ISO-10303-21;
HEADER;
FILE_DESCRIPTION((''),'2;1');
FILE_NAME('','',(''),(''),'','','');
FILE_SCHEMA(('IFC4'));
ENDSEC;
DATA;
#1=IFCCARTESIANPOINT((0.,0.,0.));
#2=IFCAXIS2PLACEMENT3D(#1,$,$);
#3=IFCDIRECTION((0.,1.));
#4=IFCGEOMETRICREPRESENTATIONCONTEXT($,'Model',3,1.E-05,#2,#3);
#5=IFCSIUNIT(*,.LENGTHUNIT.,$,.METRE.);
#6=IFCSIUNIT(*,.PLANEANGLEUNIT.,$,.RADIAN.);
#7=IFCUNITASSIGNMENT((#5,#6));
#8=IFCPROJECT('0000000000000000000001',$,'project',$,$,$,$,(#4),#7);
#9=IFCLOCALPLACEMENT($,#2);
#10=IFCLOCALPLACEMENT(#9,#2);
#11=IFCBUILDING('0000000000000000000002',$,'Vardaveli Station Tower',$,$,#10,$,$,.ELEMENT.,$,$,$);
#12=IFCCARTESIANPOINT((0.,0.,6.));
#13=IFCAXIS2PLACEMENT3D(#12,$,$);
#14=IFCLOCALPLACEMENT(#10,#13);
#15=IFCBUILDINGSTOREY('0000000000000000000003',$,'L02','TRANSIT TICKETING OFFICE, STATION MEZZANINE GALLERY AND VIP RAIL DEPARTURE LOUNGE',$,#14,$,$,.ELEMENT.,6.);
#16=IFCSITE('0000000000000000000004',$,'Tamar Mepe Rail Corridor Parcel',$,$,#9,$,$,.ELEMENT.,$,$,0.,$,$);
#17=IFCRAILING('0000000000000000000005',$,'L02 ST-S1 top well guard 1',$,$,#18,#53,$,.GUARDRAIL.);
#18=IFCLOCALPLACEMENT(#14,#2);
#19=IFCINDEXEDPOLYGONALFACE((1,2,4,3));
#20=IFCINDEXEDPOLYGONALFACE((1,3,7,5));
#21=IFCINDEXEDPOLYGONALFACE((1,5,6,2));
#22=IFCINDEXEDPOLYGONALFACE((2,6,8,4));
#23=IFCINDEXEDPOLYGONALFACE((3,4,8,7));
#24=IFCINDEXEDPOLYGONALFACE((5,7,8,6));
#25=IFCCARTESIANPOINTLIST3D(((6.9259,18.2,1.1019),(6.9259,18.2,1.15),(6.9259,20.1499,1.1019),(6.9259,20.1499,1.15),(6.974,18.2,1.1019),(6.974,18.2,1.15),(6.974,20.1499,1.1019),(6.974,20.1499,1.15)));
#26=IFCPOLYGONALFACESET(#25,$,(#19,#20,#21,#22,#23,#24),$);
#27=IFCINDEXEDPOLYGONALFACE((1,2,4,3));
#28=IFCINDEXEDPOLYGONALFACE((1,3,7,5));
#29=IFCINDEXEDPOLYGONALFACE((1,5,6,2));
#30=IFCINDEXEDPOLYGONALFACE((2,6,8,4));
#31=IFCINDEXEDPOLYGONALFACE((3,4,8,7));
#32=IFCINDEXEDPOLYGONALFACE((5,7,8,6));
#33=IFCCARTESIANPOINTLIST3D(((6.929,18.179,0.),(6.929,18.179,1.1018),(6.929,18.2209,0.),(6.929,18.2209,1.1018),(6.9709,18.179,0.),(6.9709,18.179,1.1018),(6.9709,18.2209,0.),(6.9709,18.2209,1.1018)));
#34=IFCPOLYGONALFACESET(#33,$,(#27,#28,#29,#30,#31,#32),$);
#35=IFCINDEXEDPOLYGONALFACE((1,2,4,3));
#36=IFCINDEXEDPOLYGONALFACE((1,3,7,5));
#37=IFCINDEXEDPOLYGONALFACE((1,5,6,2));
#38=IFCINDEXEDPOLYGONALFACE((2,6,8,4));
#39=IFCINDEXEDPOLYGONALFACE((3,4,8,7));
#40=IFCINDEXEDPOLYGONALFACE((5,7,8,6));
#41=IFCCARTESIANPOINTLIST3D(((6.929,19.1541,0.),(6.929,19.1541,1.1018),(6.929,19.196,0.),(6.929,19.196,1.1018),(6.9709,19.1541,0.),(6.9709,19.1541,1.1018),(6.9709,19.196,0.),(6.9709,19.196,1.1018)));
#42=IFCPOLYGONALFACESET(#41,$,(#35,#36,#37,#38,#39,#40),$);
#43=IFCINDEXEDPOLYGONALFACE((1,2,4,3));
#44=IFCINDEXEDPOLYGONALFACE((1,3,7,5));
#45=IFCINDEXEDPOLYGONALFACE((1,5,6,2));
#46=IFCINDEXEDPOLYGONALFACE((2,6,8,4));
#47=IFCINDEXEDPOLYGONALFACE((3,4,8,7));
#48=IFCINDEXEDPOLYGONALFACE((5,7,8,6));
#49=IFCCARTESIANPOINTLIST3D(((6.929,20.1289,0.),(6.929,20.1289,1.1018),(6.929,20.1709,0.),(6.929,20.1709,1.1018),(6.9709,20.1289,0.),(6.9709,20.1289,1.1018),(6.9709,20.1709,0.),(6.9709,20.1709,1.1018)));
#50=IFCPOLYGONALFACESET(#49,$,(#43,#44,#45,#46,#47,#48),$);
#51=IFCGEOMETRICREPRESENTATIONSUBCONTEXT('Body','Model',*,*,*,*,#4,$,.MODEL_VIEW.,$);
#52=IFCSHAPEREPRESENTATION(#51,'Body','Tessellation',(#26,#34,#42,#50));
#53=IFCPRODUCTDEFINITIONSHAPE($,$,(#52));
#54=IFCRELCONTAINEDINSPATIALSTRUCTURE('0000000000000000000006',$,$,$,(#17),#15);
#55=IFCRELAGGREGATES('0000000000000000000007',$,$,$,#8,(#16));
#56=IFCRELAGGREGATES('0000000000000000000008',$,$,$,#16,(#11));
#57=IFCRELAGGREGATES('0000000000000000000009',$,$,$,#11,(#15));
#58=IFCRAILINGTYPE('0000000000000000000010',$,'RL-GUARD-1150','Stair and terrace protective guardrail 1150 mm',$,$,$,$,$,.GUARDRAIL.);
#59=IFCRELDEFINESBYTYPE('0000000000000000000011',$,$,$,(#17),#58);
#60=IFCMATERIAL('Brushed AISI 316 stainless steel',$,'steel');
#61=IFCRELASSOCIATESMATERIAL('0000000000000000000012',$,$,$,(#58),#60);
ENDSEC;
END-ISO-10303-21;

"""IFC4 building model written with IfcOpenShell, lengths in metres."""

from ifc_helpers import new_model, si_unit, direction, frame, origin, origin_2d, place, context, subcontext, project, spatial, rectangle, extrude, source, transform, mapped, material, type_object, element, save


model = new_model("IFC4")

# Units and contexts
model_context = context("Model", 3, precision=1e-05, world=origin(), true_north=direction((0.0, 1.0)))
body_context = subcontext(model_context, "Body", "Model", "MODEL_VIEW")
ifc_project = project(units=[si_unit("LENGTHUNIT", "METRE"), si_unit("PLANEANGLEUNIT", "RADIAN")], contexts=[model_context])

# Site, building, storey
site_placement = place(None, origin())
site = spatial("IfcSite", under=ifc_project, at=site_placement, Name="Tamar Mepe Rail Corridor Parcel", CompositionType="ELEMENT", RefElevation=0.0)
building_placement = place(site_placement, origin())
building = spatial("IfcBuilding", under=site, at=building_placement, Name="Vardaveli Station Tower", CompositionType="ELEMENT")
storey_placement = place(building_placement, frame((0.0, 0.0, 6.0)))
storey = spatial("IfcBuildingStorey", under=building, at=storey_placement, Name="L02", Description="TRANSIT TICKETING OFFICE, STATION MEZZANINE GALLERY AND VIP RAIL DEPARTURE LOUNGE", CompositionType="ELEMENT", Elevation=6.0)

# Railing
ifc_material_1 = material(Name="Brushed AISI 316 stainless steel", Category="steel")
railing_type = type_object("IfcRailingType", Name="RL-GUARD-1150", Description="Stair and terrace protective guardrail 1150 mm", PredefinedType="GUARDRAIL", material=ifc_material_1)
shared_shape_1 = source(origin(), body_context, "Body", "SweptSolid", [
    extrude(rectangle(XDim=0.0481, YDim=0.0481, at=origin_2d()), frame((0.0, 0.0, 1.126), z_axis=(0.0, 1.0, 0.0), x_axis=(-1.0, 0.0, 0.0)), (0.0, 0.0, 1.0), 1.95),
    extrude(rectangle(XDim=0.042, YDim=0.042, at=origin_2d()), origin(), (0.0, 0.0, 1.0), 1.1018),
    extrude(rectangle(XDim=0.042, YDim=0.042, at=origin_2d()), frame((0.0, 0.9751, 0.0)), (0.0, 0.0, 1.0), 1.1018),
    extrude(rectangle(XDim=0.042, YDim=0.042, at=origin_2d()), frame((0.0, 1.95, 0.0)), (0.0, 0.0, 1.0), 1.1018),
])
railing_placement = place(storey_placement, frame((6.95, 18.2, 0.0)))
element("IfcRailing", 1, at=railing_placement, inside=storey, type_object=railing_type, Name="L02 ST-S1 top well guard 1", PredefinedType="GUARDRAIL", context=body_context, shape_type="MappedRepresentation", body=[
    mapped(shared_shape_1, transform((0.0, 0.0, 0.0), scale=1.0)),
])

save(model, "model.ifc")
